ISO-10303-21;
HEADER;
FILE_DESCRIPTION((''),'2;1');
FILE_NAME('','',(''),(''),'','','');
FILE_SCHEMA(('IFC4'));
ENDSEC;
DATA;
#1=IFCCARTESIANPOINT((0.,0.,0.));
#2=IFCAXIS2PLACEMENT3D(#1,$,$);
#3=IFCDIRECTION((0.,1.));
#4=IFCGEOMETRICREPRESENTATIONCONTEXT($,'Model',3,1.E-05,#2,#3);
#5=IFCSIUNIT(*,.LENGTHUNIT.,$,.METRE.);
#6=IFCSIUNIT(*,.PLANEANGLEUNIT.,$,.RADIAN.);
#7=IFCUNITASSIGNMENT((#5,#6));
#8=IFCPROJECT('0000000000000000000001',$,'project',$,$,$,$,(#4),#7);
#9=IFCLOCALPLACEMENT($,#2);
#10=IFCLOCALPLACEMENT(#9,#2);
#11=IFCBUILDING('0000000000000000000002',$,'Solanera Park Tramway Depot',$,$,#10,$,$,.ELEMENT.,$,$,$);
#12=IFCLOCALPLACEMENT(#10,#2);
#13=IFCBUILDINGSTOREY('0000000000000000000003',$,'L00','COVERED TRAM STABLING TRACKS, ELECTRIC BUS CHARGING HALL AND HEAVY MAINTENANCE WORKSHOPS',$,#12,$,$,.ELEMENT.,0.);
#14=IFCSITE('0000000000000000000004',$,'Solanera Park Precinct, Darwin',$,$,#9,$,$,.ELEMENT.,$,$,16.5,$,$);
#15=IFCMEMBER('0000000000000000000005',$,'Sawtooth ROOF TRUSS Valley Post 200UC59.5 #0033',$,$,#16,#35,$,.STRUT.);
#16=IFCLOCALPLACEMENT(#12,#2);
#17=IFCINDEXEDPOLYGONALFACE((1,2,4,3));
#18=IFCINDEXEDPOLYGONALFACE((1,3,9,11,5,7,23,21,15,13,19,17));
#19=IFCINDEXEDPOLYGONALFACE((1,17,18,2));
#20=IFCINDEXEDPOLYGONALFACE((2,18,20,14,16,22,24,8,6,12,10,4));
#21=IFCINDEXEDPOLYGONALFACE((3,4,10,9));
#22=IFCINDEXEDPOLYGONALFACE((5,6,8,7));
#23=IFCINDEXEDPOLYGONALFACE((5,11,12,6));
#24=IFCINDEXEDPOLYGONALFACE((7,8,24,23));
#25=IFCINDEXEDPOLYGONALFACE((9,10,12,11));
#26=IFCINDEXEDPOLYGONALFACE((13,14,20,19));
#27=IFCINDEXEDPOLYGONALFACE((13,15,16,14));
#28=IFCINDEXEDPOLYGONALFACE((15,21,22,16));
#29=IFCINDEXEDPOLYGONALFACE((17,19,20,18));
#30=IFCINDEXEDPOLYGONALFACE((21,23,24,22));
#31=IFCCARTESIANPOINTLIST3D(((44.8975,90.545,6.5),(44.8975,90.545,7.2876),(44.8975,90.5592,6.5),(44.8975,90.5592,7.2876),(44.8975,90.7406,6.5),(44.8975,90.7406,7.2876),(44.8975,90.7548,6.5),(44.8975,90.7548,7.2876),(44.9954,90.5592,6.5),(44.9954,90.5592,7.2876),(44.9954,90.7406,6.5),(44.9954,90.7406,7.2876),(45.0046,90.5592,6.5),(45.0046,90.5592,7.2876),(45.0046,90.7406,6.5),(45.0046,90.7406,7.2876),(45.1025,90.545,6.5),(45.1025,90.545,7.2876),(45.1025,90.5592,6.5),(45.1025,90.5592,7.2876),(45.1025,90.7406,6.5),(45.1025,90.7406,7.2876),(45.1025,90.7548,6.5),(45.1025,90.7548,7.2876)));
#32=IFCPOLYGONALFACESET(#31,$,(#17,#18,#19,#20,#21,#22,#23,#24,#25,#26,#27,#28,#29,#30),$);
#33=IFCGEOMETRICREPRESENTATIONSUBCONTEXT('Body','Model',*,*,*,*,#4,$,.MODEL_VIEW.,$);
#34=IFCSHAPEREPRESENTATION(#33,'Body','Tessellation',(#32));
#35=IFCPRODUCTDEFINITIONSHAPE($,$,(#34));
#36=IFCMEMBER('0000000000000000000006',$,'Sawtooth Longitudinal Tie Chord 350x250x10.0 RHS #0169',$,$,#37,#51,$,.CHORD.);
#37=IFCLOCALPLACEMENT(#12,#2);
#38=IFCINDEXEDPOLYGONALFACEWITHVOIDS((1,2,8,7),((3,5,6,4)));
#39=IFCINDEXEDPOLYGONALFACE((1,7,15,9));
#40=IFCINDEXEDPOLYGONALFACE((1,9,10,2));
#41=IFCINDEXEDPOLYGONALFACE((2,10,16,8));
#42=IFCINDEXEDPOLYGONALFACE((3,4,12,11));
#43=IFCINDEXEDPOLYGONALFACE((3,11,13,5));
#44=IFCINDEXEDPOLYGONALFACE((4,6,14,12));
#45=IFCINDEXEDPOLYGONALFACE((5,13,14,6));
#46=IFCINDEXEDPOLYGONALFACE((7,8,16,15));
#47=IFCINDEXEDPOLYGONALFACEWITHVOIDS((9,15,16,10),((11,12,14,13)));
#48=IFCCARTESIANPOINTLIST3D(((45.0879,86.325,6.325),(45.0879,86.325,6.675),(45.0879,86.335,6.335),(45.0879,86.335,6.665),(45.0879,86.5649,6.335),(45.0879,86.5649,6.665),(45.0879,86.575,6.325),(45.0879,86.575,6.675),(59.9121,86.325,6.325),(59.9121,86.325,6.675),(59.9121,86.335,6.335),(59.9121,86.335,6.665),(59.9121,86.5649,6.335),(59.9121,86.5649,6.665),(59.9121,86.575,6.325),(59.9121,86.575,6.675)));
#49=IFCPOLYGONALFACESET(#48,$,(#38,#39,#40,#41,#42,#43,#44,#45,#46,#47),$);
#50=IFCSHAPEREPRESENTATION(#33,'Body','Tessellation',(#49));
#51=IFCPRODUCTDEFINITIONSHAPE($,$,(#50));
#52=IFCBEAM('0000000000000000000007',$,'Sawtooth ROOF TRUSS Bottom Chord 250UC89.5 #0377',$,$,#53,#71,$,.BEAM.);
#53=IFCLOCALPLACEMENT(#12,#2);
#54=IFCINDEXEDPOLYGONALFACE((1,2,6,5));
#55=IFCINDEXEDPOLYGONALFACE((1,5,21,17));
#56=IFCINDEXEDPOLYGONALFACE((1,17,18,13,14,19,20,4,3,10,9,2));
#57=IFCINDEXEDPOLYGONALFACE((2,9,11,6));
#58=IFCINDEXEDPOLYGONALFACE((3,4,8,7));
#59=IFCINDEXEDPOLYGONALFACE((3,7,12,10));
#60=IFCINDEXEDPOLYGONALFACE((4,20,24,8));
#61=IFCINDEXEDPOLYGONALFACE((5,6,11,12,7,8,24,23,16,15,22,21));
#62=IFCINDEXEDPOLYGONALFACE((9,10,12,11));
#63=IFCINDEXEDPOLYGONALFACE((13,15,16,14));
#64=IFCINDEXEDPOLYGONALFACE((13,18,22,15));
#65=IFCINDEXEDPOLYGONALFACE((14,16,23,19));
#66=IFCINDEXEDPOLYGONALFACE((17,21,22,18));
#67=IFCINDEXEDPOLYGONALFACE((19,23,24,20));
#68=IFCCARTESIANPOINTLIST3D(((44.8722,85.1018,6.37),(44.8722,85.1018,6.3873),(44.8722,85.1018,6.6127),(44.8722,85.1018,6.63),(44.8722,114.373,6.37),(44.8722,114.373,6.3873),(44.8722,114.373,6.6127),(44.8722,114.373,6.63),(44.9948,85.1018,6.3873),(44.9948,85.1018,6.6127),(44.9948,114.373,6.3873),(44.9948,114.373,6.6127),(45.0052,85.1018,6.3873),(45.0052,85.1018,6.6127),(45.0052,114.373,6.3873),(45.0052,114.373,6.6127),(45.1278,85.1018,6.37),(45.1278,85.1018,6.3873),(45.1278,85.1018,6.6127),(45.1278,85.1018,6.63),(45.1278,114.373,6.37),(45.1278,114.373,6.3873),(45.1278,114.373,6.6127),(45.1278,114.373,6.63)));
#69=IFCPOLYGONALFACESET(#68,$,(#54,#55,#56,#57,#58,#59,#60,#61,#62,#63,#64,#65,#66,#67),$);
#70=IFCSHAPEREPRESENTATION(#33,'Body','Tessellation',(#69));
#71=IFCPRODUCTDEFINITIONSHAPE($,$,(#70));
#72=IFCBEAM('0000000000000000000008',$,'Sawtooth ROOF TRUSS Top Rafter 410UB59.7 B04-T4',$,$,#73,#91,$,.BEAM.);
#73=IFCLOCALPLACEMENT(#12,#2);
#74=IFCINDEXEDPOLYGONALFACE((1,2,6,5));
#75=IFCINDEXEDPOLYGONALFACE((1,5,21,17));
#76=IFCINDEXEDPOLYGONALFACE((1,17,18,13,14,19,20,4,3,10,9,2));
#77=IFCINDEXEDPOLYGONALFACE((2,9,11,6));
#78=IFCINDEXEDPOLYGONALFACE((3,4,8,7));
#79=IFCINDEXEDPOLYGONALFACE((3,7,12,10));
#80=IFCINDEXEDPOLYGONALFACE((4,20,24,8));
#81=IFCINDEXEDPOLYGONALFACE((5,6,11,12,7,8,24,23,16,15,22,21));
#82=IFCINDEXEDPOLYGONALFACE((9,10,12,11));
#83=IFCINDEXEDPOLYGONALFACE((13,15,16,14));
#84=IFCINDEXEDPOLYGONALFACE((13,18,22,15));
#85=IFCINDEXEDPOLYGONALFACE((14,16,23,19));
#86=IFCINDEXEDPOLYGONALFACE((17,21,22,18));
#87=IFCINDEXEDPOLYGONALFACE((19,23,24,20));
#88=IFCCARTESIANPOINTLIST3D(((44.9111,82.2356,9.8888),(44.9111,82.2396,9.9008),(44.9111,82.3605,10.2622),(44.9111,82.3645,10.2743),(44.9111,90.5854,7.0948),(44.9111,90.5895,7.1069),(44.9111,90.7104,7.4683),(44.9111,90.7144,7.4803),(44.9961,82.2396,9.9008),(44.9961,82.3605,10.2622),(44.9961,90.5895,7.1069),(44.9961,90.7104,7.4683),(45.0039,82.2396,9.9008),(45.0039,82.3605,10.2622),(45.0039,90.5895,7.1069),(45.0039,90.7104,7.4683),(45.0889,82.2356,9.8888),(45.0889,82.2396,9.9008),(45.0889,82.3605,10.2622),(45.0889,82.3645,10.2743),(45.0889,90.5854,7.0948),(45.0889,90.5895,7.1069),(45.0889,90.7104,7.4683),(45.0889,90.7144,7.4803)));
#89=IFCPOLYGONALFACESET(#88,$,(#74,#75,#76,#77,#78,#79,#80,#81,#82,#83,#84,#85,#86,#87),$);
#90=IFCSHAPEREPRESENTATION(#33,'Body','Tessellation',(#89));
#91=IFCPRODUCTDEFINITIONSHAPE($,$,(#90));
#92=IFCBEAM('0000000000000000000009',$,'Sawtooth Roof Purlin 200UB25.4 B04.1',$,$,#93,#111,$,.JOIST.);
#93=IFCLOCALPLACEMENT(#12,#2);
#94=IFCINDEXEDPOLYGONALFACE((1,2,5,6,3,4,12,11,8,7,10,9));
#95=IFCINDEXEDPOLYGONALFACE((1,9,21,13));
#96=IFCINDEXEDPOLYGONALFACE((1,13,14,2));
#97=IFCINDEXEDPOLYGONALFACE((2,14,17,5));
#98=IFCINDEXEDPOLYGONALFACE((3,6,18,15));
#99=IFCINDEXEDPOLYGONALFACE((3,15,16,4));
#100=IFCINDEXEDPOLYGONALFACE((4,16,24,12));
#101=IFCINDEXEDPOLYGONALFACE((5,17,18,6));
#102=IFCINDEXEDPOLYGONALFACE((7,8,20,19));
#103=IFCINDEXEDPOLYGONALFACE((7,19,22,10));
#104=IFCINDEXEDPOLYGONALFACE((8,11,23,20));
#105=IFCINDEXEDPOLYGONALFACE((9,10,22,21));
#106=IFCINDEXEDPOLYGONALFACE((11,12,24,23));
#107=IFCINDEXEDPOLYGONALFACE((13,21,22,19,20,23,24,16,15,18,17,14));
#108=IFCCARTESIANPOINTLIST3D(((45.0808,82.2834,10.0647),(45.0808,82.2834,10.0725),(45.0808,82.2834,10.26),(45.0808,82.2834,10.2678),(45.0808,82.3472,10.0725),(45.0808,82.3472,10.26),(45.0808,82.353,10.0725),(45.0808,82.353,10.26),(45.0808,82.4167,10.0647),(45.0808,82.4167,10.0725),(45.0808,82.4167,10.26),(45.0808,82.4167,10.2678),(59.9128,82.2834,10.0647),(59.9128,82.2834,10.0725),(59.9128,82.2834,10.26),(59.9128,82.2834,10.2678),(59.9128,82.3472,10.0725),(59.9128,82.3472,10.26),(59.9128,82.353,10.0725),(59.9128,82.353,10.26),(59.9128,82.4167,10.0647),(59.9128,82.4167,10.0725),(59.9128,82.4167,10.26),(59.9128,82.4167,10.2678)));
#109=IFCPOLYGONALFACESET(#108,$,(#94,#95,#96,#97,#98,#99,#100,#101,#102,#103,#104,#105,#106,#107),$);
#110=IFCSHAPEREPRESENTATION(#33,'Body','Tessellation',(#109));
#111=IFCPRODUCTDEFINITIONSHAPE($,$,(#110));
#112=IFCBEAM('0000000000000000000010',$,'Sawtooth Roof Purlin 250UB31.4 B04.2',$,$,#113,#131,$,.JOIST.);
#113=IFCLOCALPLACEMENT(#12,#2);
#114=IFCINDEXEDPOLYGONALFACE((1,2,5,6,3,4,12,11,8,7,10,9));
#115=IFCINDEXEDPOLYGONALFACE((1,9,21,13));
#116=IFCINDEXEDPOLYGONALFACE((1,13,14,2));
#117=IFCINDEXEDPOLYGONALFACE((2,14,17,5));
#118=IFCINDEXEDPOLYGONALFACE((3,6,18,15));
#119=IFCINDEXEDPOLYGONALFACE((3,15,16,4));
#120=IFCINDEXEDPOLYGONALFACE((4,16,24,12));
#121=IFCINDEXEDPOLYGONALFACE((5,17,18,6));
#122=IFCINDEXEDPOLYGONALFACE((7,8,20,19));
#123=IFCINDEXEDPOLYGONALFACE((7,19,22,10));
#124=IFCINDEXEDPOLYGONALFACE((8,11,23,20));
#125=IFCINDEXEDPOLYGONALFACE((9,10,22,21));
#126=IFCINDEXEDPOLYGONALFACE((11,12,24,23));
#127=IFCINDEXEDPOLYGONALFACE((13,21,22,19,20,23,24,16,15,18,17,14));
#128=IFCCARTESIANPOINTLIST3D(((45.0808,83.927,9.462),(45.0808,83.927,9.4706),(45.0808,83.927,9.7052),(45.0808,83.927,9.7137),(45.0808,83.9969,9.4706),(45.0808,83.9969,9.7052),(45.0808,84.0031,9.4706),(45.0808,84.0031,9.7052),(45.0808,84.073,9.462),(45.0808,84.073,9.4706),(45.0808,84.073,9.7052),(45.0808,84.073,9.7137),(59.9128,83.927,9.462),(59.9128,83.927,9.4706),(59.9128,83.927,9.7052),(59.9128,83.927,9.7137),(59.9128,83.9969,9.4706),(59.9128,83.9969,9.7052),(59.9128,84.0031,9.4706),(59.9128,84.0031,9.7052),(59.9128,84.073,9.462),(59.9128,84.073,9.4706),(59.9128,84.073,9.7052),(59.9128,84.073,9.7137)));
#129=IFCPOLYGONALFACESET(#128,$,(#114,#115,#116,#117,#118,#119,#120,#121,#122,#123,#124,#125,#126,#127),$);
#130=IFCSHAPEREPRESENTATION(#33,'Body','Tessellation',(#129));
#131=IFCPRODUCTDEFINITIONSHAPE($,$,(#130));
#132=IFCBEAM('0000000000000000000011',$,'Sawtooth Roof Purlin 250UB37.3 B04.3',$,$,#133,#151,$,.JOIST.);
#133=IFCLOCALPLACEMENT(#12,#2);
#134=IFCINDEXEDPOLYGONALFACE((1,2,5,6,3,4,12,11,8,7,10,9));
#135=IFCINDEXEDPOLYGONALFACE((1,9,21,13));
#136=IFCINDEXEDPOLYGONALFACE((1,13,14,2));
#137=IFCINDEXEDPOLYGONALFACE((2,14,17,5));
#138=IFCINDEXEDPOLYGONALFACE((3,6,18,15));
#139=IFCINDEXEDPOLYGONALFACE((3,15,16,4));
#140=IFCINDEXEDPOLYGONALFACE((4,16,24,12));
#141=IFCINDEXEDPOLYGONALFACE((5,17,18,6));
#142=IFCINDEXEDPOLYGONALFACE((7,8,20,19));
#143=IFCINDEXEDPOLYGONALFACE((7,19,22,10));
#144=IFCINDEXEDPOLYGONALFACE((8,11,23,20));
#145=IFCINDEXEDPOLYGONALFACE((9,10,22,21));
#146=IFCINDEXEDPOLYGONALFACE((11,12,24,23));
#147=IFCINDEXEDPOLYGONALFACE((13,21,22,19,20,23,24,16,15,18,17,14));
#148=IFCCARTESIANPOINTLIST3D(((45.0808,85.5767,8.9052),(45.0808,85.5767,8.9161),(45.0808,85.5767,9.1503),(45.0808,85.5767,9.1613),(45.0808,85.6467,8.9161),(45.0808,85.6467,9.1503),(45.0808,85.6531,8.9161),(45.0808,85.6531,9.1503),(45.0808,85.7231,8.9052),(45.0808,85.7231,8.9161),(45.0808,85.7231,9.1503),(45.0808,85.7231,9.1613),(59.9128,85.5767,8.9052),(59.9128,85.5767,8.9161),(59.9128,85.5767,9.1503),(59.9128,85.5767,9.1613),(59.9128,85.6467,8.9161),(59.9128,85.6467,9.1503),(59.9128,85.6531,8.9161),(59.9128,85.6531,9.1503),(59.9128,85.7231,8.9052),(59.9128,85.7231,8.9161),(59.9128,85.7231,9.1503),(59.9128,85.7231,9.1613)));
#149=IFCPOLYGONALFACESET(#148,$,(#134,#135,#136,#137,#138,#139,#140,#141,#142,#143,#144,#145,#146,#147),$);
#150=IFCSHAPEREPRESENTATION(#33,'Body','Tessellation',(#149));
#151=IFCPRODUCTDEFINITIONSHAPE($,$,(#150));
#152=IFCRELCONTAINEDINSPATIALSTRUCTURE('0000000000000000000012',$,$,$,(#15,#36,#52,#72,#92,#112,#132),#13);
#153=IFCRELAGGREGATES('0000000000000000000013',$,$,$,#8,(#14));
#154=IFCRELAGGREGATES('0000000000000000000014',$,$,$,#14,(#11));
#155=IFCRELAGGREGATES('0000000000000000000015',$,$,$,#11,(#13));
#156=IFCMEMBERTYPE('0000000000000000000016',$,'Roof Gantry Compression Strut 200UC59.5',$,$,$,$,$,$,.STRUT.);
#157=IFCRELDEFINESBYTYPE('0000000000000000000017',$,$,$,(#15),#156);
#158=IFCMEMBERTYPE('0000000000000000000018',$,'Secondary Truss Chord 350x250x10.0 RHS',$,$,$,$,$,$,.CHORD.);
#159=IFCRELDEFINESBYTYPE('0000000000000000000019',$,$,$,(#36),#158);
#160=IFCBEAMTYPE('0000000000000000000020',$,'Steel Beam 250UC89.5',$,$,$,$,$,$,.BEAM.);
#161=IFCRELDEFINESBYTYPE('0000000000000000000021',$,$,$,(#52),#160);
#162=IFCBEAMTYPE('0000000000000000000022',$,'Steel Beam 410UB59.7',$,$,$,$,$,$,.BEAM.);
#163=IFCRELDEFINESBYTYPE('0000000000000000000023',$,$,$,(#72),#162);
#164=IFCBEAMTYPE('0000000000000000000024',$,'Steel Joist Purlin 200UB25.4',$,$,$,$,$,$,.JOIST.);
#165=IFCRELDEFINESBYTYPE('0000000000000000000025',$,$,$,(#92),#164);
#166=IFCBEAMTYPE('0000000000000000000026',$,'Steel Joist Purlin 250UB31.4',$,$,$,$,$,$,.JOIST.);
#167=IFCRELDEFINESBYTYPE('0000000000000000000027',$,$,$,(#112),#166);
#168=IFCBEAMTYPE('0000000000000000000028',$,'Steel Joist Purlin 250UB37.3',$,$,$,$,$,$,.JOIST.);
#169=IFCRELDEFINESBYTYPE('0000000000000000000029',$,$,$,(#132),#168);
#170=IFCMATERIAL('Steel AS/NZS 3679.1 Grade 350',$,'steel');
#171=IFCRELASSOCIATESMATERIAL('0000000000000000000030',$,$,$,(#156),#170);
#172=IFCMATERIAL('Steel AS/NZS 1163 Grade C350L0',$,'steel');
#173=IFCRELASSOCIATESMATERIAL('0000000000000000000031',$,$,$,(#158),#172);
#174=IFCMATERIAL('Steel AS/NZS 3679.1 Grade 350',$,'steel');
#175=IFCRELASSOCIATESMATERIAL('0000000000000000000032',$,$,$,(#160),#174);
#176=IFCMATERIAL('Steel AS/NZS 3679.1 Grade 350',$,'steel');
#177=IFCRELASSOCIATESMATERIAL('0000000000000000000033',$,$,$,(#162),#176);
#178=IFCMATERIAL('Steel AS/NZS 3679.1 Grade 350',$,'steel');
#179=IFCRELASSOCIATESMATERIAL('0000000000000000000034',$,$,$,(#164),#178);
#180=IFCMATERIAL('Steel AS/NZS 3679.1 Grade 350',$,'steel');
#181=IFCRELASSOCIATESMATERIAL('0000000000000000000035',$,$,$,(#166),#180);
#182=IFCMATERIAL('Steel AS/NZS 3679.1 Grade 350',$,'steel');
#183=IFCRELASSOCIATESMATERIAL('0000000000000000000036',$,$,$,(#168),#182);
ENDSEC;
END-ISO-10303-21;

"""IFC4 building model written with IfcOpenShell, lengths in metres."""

from ifc_helpers import new_model, si_unit, direction, frame, origin, origin_2d, place, context, subcontext, project, spatial, hollow_rectangle, i_section, extrude, material, material_profile, profile_set, type_object, element, save


model = new_model("IFC4")

# Units and contexts
model_context = context("Model", 3, precision=1e-05, world=origin(), true_north=direction((0.0, 1.0)))
body_context = subcontext(model_context, "Body", "Model", "MODEL_VIEW")
ifc_project = project(units=[si_unit("LENGTHUNIT", "METRE"), si_unit("PLANEANGLEUNIT", "RADIAN")], contexts=[model_context])

# Site, building, storey
site_placement = place(None, origin())
site = spatial("IfcSite", under=ifc_project, at=site_placement, Name="Solanera Park Precinct, Darwin", CompositionType="ELEMENT", RefElevation=16.5)
building_placement = place(site_placement, origin())
building = spatial("IfcBuilding", under=site, at=building_placement, Name="Solanera Park Tramway Depot", CompositionType="ELEMENT")
storey_placement = place(building_placement, origin())
storey = spatial("IfcBuildingStorey", under=building, at=storey_placement, Name="L00", Description="COVERED TRAM STABLING TRACKS, ELECTRIC BUS CHARGING HALL AND HEAVY MAINTENANCE WORKSHOPS", CompositionType="ELEMENT", Elevation=0.0)

# Members
ifc_material_1 = material(Name="Steel AS/NZS 3679.1 Grade 350", Category="steel")
ifc_material_profile_1 = material_profile(ifc_material_1, i_section(OverallWidth=0.2051, OverallDepth=0.2097, WebThickness=0.0093, FlangeThickness=0.0142, at=origin_2d()), Name="200UC59.5")
ifc_profile_set_1 = profile_set([ifc_material_profile_1], Name="Steel AS/NZS 3679.1 Grade 350")
member_type_1 = type_object("IfcMemberType", Name="Roof Gantry Compression Strut 200UC59.5", PredefinedType="STRUT", material=ifc_profile_set_1)
member_1_placement = place(storey_placement, frame((45.0, 90.6499, 6.5), z_axis=(0.0, 0.0, 1.0), x_axis=(1.0, 0.0, 0.0)))
element("IfcMember", 1, at=member_1_placement, inside=storey, type_object=member_type_1, Name="Sawtooth ROOF TRUSS Valley Post 200UC59.5 #0033", PredefinedType="STRUT", context=body_context, shape_type="SweptSolid", body=[
    extrude(i_section(OverallWidth=0.2051, OverallDepth=0.2097, WebThickness=0.0093, FlangeThickness=0.0142, at=origin_2d()), origin(), (0.0, 0.0, 1.0), 0.7876),
])
ifc_material_2 = material(Name="Steel AS/NZS 1163 Grade C350L0", Category="steel")
ifc_material_profile_2 = material_profile(ifc_material_2, hollow_rectangle(XDim=0.25, YDim=0.3501, WallThickness=0.01, at=origin_2d()), Name="350x250x10.0 RHS")
ifc_profile_set_2 = profile_set([ifc_material_profile_2], Name="Steel AS/NZS 1163 Grade C350L0")
member_type_2 = type_object("IfcMemberType", Name="Secondary Truss Chord 350x250x10.0 RHS", PredefinedType="CHORD", material=ifc_profile_set_2)
member_2_placement = place(storey_placement, frame((45.0879, 86.45, 6.5), z_axis=(1.0, 0.0, 0.0), x_axis=(0.0, 1.0, 0.0)))
element("IfcMember", 2, at=member_2_placement, inside=storey, type_object=member_type_2, Name="Sawtooth Longitudinal Tie Chord 350x250x10.0 RHS #0169", PredefinedType="CHORD", context=body_context, shape_type="SweptSolid", body=[
    extrude(hollow_rectangle(XDim=0.25, YDim=0.3501, WallThickness=0.01, at=origin_2d()), origin(), (0.0, 0.0, 1.0), 14.8242),
])

# Beams
ifc_material_3 = material(Name="Steel AS/NZS 3679.1 Grade 350", Category="steel")
ifc_material_profile_3 = material_profile(ifc_material_3, i_section(OverallWidth=0.2556, OverallDepth=0.26, WebThickness=0.0105, FlangeThickness=0.0173, at=origin_2d()), Name="250UC89.5")
ifc_profile_set_3 = profile_set([ifc_material_profile_3], Name="Steel AS/NZS 3679.1 Grade 350")
beam_type_1 = type_object("IfcBeamType", Name="Steel Beam 250UC89.5", PredefinedType="BEAM", material=ifc_profile_set_3)
beam_1_placement = place(storey_placement, frame((45.0, 85.1018, 6.5), z_axis=(0.0, 1.0, 0.0), x_axis=(-1.0, 0.0, 0.0)))
element("IfcBeam", 3, at=beam_1_placement, inside=storey, type_object=beam_type_1, Name="Sawtooth ROOF TRUSS Bottom Chord 250UC89.5 #0377", PredefinedType="BEAM", context=body_context, shape_type="SweptSolid", body=[
    extrude(i_section(OverallWidth=0.2556, OverallDepth=0.26, WebThickness=0.0105, FlangeThickness=0.0173, at=origin_2d()), origin(), (0.0, 0.0, 1.0), 29.2712),
])
ifc_material_4 = material(Name="Steel AS/NZS 3679.1 Grade 350", Category="steel")
ifc_material_profile_4 = material_profile(ifc_material_4, i_section(OverallWidth=0.1777, OverallDepth=0.4065, WebThickness=0.0078, FlangeThickness=0.0127, at=origin_2d()), Name="410UB59.7")
ifc_profile_set_4 = profile_set([ifc_material_profile_4], Name="Steel AS/NZS 3679.1 Grade 350")
beam_type_2 = type_object("IfcBeamType", Name="Steel Beam 410UB59.7", PredefinedType="BEAM", material=ifc_profile_set_4)
beam_2_placement = place(storey_placement, frame((45.0, 82.3, 10.0815), z_axis=(0.0, 0.948319, -0.317317), x_axis=(-1.0, 0.0, 0.0)))
element("IfcBeam", 4, at=beam_2_placement, inside=storey, type_object=beam_type_2, Name="Sawtooth ROOF TRUSS Top Rafter 410UB59.7 B04-T4", PredefinedType="BEAM", context=body_context, shape_type="SweptSolid", body=[
    extrude(i_section(OverallWidth=0.1777, OverallDepth=0.4065, WebThickness=0.0078, FlangeThickness=0.0127, at=origin_2d()), origin(), (0.0, 0.0, 1.0), 8.8049),
])
ifc_material_5 = material(Name="Steel AS/NZS 3679.1 Grade 350", Category="steel")
ifc_material_profile_5 = material_profile(ifc_material_5, i_section(OverallWidth=0.1333, OverallDepth=0.2031, WebThickness=0.0059, FlangeThickness=0.0078, at=origin_2d()), Name="200UB25.4")
ifc_profile_set_5 = profile_set([ifc_material_profile_5], Name="Steel AS/NZS 3679.1 Grade 350")
beam_type_3 = type_object("IfcBeamType", Name="Steel Joist Purlin 200UB25.4", PredefinedType="JOIST", material=ifc_profile_set_5)
beam_3_placement = place(storey_placement, frame((45.0808, 82.3501, 10.1663), z_axis=(1.0, 0.0, 0.0), x_axis=(0.0, 1.0, 0.0)))
element("IfcBeam", 5, at=beam_3_placement, inside=storey, type_object=beam_type_3, Name="Sawtooth Roof Purlin 200UB25.4 B04.1", PredefinedType="JOIST", context=body_context, shape_type="SweptSolid", body=[
    extrude(i_section(OverallWidth=0.1333, OverallDepth=0.2031, WebThickness=0.0059, FlangeThickness=0.0078, at=origin_2d()), origin(), (0.0, 0.0, 1.0), 14.832),
])
ifc_material_6 = material(Name="Steel AS/NZS 3679.1 Grade 350", Category="steel")
ifc_material_profile_6 = material_profile(ifc_material_6, i_section(OverallWidth=0.146, OverallDepth=0.2517, WebThickness=0.0061, FlangeThickness=0.0085, at=origin_2d()), Name="250UB31.4")
ifc_profile_set_6 = profile_set([ifc_material_profile_6], Name="Steel AS/NZS 3679.1 Grade 350")
beam_type_4 = type_object("IfcBeamType", Name="Steel Joist Purlin 250UB31.4", PredefinedType="JOIST", material=ifc_profile_set_6)
beam_4_placement = place(storey_placement, frame((45.0808, 84.0, 9.5879), z_axis=(1.0, 0.0, 0.0), x_axis=(0.0, 1.0, 0.0)))
element("IfcBeam", 6, at=beam_4_placement, inside=storey, type_object=beam_type_4, Name="Sawtooth Roof Purlin 250UB31.4 B04.2", PredefinedType="JOIST", context=body_context, shape_type="SweptSolid", body=[
    extrude(i_section(OverallWidth=0.146, OverallDepth=0.2517, WebThickness=0.0061, FlangeThickness=0.0085, at=origin_2d()), origin(), (0.0, 0.0, 1.0), 14.832),
])
ifc_material_7 = material(Name="Steel AS/NZS 3679.1 Grade 350", Category="steel")
ifc_material_profile_7 = material_profile(ifc_material_7, i_section(OverallWidth=0.1465, OverallDepth=0.2561, WebThickness=0.0063, FlangeThickness=0.011, at=origin_2d()), Name="250UB37.3")
ifc_profile_set_7 = profile_set([ifc_material_profile_7], Name="Steel AS/NZS 3679.1 Grade 350")
beam_type_5 = type_object("IfcBeamType", Name="Steel Joist Purlin 250UB37.3", PredefinedType="JOIST", material=ifc_profile_set_7)
beam_5_placement = place(storey_placement, frame((45.0808, 85.6499, 9.0332), z_axis=(1.0, 0.0, 0.0), x_axis=(0.0, 1.0, 0.0)))
element("IfcBeam", 7, at=beam_5_placement, inside=storey, type_object=beam_type_5, Name="Sawtooth Roof Purlin 250UB37.3 B04.3", PredefinedType="JOIST", context=body_context, shape_type="SweptSolid", body=[
    extrude(i_section(OverallWidth=0.1465, OverallDepth=0.2561, WebThickness=0.0063, FlangeThickness=0.011, at=origin_2d()), origin(), (0.0, 0.0, 1.0), 14.832),
])

save(model, "model.ifc")
